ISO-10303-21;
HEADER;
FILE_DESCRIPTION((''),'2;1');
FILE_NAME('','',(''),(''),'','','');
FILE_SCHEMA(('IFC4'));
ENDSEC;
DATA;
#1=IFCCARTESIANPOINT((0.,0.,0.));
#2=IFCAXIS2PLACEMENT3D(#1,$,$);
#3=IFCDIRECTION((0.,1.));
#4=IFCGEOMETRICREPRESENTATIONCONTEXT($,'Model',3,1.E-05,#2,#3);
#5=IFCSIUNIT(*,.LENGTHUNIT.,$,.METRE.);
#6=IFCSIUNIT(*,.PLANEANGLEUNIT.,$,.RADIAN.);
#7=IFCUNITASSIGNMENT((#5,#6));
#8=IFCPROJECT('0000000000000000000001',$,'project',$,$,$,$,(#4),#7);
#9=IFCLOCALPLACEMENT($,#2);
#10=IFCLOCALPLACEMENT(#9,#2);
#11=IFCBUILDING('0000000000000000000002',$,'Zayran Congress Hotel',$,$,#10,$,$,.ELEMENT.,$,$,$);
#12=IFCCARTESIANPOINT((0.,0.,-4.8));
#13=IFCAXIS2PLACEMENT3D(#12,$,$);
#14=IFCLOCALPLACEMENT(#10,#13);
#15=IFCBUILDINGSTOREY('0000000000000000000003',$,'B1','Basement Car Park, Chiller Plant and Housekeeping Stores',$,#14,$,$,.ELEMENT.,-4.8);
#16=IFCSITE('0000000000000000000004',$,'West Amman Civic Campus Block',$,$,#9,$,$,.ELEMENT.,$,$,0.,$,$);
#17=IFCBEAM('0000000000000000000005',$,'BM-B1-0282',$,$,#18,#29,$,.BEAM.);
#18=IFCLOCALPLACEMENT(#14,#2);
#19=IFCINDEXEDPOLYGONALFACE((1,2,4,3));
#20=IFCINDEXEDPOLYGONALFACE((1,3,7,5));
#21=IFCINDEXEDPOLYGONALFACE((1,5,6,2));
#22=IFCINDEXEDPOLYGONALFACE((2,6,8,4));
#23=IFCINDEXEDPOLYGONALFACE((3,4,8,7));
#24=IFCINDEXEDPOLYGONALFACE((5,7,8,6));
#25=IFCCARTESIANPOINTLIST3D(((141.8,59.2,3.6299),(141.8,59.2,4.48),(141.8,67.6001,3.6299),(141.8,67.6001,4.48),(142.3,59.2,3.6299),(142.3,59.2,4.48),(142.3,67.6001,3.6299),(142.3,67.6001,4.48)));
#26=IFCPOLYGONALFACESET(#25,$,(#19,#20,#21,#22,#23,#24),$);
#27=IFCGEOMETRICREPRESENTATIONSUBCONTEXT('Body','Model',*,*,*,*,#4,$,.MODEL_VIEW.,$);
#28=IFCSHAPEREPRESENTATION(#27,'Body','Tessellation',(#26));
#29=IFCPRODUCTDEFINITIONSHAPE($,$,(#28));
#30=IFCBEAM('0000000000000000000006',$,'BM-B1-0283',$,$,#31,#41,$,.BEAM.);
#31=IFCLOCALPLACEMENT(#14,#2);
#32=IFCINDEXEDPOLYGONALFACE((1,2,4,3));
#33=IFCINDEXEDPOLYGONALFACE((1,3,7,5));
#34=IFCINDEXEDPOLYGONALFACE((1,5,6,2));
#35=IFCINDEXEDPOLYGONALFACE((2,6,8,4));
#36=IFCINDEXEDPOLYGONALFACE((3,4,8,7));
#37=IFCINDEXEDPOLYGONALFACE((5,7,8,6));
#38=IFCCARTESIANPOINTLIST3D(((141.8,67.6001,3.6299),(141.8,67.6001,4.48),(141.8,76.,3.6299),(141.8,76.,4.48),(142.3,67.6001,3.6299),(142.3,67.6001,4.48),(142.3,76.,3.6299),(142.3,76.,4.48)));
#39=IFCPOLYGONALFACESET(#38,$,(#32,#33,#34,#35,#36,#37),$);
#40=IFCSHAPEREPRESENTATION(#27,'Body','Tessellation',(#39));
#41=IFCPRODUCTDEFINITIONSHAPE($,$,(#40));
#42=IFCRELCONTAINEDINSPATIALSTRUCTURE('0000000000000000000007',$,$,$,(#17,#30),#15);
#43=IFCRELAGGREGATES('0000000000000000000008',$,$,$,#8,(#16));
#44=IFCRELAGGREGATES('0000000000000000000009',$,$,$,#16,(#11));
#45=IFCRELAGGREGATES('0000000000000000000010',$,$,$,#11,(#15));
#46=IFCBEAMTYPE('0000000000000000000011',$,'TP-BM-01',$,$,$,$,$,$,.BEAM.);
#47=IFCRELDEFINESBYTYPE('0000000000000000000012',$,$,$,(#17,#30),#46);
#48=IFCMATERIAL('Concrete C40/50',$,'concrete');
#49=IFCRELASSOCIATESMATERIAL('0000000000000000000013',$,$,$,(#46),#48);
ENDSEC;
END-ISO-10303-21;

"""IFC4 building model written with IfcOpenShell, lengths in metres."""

from ifc_helpers import new_model, si_unit, direction, frame, origin, origin_2d, place, context, subcontext, project, spatial, rectangle, extrude, material, material_profile, profile_set, type_object, element, save


model = new_model("IFC4")

# Units and contexts
model_context = context("Model", 3, precision=1e-05, world=origin(), true_north=direction((0.0, 1.0)))
body_context = subcontext(model_context, "Body", "Model", "MODEL_VIEW")
ifc_project = project(units=[si_unit("LENGTHUNIT", "METRE"), si_unit("PLANEANGLEUNIT", "RADIAN")], contexts=[model_context])

# Site, building, storey
site_placement = place(None, origin())
site = spatial("IfcSite", under=ifc_project, at=site_placement, Name="West Amman Civic Campus Block", CompositionType="ELEMENT", RefElevation=0.0)
building_placement = place(site_placement, origin())
building = spatial("IfcBuilding", under=site, at=building_placement, Name="Zayran Congress Hotel", CompositionType="ELEMENT")
storey_placement = place(building_placement, frame((0.0, 0.0, -4.8)))
storey = spatial("IfcBuildingStorey", under=building, at=storey_placement, Name="B1", Description="Basement Car Park, Chiller Plant and Housekeeping Stores", CompositionType="ELEMENT", Elevation=-4.8)

# Shared definitions
ifc_material = material(Name="Concrete C40/50", Category="concrete")

# Beams
ifc_material_profile_1 = material_profile(ifc_material, rectangle(XDim=0.5, YDim=0.8501, at=origin_2d()), Name="RC 500x850")
ifc_profile_set_1 = profile_set([ifc_material_profile_1], Name="Concrete C40/50")
beam_type = type_object("IfcBeamType", Name="TP-BM-01", PredefinedType="BEAM", material=ifc_profile_set_1)
beam_1_placement = place(storey_placement, frame((142.05, 59.2, 4.0549), z_axis=(0.0, 1.0, 0.0), x_axis=(-1.0, 0.0, 0.0)))
element("IfcBeam", 1, at=beam_1_placement, inside=storey, type_object=beam_type, Name="BM-B1-0282", PredefinedType="BEAM", context=body_context, shape_type="SweptSolid", body=[
    extrude(rectangle(XDim=0.5, YDim=0.8501, at=origin_2d()), origin(), (0.0, 0.0, 1.0), 8.4001),
])
beam_2_placement = place(storey_placement, frame((142.05, 67.6001, 4.0549), z_axis=(0.0, 1.0, 0.0), x_axis=(-1.0, 0.0, 0.0)))
element("IfcBeam", 2, at=beam_2_placement, inside=storey, type_object=beam_type, Name="BM-B1-0283", PredefinedType="BEAM", context=body_context, shape_type="SweptSolid", body=[
    extrude(rectangle(XDim=0.5, YDim=0.8501, at=origin_2d()), origin(), (0.0, 0.0, 1.0), 8.3999),
])

save(model, "model.ifc")
